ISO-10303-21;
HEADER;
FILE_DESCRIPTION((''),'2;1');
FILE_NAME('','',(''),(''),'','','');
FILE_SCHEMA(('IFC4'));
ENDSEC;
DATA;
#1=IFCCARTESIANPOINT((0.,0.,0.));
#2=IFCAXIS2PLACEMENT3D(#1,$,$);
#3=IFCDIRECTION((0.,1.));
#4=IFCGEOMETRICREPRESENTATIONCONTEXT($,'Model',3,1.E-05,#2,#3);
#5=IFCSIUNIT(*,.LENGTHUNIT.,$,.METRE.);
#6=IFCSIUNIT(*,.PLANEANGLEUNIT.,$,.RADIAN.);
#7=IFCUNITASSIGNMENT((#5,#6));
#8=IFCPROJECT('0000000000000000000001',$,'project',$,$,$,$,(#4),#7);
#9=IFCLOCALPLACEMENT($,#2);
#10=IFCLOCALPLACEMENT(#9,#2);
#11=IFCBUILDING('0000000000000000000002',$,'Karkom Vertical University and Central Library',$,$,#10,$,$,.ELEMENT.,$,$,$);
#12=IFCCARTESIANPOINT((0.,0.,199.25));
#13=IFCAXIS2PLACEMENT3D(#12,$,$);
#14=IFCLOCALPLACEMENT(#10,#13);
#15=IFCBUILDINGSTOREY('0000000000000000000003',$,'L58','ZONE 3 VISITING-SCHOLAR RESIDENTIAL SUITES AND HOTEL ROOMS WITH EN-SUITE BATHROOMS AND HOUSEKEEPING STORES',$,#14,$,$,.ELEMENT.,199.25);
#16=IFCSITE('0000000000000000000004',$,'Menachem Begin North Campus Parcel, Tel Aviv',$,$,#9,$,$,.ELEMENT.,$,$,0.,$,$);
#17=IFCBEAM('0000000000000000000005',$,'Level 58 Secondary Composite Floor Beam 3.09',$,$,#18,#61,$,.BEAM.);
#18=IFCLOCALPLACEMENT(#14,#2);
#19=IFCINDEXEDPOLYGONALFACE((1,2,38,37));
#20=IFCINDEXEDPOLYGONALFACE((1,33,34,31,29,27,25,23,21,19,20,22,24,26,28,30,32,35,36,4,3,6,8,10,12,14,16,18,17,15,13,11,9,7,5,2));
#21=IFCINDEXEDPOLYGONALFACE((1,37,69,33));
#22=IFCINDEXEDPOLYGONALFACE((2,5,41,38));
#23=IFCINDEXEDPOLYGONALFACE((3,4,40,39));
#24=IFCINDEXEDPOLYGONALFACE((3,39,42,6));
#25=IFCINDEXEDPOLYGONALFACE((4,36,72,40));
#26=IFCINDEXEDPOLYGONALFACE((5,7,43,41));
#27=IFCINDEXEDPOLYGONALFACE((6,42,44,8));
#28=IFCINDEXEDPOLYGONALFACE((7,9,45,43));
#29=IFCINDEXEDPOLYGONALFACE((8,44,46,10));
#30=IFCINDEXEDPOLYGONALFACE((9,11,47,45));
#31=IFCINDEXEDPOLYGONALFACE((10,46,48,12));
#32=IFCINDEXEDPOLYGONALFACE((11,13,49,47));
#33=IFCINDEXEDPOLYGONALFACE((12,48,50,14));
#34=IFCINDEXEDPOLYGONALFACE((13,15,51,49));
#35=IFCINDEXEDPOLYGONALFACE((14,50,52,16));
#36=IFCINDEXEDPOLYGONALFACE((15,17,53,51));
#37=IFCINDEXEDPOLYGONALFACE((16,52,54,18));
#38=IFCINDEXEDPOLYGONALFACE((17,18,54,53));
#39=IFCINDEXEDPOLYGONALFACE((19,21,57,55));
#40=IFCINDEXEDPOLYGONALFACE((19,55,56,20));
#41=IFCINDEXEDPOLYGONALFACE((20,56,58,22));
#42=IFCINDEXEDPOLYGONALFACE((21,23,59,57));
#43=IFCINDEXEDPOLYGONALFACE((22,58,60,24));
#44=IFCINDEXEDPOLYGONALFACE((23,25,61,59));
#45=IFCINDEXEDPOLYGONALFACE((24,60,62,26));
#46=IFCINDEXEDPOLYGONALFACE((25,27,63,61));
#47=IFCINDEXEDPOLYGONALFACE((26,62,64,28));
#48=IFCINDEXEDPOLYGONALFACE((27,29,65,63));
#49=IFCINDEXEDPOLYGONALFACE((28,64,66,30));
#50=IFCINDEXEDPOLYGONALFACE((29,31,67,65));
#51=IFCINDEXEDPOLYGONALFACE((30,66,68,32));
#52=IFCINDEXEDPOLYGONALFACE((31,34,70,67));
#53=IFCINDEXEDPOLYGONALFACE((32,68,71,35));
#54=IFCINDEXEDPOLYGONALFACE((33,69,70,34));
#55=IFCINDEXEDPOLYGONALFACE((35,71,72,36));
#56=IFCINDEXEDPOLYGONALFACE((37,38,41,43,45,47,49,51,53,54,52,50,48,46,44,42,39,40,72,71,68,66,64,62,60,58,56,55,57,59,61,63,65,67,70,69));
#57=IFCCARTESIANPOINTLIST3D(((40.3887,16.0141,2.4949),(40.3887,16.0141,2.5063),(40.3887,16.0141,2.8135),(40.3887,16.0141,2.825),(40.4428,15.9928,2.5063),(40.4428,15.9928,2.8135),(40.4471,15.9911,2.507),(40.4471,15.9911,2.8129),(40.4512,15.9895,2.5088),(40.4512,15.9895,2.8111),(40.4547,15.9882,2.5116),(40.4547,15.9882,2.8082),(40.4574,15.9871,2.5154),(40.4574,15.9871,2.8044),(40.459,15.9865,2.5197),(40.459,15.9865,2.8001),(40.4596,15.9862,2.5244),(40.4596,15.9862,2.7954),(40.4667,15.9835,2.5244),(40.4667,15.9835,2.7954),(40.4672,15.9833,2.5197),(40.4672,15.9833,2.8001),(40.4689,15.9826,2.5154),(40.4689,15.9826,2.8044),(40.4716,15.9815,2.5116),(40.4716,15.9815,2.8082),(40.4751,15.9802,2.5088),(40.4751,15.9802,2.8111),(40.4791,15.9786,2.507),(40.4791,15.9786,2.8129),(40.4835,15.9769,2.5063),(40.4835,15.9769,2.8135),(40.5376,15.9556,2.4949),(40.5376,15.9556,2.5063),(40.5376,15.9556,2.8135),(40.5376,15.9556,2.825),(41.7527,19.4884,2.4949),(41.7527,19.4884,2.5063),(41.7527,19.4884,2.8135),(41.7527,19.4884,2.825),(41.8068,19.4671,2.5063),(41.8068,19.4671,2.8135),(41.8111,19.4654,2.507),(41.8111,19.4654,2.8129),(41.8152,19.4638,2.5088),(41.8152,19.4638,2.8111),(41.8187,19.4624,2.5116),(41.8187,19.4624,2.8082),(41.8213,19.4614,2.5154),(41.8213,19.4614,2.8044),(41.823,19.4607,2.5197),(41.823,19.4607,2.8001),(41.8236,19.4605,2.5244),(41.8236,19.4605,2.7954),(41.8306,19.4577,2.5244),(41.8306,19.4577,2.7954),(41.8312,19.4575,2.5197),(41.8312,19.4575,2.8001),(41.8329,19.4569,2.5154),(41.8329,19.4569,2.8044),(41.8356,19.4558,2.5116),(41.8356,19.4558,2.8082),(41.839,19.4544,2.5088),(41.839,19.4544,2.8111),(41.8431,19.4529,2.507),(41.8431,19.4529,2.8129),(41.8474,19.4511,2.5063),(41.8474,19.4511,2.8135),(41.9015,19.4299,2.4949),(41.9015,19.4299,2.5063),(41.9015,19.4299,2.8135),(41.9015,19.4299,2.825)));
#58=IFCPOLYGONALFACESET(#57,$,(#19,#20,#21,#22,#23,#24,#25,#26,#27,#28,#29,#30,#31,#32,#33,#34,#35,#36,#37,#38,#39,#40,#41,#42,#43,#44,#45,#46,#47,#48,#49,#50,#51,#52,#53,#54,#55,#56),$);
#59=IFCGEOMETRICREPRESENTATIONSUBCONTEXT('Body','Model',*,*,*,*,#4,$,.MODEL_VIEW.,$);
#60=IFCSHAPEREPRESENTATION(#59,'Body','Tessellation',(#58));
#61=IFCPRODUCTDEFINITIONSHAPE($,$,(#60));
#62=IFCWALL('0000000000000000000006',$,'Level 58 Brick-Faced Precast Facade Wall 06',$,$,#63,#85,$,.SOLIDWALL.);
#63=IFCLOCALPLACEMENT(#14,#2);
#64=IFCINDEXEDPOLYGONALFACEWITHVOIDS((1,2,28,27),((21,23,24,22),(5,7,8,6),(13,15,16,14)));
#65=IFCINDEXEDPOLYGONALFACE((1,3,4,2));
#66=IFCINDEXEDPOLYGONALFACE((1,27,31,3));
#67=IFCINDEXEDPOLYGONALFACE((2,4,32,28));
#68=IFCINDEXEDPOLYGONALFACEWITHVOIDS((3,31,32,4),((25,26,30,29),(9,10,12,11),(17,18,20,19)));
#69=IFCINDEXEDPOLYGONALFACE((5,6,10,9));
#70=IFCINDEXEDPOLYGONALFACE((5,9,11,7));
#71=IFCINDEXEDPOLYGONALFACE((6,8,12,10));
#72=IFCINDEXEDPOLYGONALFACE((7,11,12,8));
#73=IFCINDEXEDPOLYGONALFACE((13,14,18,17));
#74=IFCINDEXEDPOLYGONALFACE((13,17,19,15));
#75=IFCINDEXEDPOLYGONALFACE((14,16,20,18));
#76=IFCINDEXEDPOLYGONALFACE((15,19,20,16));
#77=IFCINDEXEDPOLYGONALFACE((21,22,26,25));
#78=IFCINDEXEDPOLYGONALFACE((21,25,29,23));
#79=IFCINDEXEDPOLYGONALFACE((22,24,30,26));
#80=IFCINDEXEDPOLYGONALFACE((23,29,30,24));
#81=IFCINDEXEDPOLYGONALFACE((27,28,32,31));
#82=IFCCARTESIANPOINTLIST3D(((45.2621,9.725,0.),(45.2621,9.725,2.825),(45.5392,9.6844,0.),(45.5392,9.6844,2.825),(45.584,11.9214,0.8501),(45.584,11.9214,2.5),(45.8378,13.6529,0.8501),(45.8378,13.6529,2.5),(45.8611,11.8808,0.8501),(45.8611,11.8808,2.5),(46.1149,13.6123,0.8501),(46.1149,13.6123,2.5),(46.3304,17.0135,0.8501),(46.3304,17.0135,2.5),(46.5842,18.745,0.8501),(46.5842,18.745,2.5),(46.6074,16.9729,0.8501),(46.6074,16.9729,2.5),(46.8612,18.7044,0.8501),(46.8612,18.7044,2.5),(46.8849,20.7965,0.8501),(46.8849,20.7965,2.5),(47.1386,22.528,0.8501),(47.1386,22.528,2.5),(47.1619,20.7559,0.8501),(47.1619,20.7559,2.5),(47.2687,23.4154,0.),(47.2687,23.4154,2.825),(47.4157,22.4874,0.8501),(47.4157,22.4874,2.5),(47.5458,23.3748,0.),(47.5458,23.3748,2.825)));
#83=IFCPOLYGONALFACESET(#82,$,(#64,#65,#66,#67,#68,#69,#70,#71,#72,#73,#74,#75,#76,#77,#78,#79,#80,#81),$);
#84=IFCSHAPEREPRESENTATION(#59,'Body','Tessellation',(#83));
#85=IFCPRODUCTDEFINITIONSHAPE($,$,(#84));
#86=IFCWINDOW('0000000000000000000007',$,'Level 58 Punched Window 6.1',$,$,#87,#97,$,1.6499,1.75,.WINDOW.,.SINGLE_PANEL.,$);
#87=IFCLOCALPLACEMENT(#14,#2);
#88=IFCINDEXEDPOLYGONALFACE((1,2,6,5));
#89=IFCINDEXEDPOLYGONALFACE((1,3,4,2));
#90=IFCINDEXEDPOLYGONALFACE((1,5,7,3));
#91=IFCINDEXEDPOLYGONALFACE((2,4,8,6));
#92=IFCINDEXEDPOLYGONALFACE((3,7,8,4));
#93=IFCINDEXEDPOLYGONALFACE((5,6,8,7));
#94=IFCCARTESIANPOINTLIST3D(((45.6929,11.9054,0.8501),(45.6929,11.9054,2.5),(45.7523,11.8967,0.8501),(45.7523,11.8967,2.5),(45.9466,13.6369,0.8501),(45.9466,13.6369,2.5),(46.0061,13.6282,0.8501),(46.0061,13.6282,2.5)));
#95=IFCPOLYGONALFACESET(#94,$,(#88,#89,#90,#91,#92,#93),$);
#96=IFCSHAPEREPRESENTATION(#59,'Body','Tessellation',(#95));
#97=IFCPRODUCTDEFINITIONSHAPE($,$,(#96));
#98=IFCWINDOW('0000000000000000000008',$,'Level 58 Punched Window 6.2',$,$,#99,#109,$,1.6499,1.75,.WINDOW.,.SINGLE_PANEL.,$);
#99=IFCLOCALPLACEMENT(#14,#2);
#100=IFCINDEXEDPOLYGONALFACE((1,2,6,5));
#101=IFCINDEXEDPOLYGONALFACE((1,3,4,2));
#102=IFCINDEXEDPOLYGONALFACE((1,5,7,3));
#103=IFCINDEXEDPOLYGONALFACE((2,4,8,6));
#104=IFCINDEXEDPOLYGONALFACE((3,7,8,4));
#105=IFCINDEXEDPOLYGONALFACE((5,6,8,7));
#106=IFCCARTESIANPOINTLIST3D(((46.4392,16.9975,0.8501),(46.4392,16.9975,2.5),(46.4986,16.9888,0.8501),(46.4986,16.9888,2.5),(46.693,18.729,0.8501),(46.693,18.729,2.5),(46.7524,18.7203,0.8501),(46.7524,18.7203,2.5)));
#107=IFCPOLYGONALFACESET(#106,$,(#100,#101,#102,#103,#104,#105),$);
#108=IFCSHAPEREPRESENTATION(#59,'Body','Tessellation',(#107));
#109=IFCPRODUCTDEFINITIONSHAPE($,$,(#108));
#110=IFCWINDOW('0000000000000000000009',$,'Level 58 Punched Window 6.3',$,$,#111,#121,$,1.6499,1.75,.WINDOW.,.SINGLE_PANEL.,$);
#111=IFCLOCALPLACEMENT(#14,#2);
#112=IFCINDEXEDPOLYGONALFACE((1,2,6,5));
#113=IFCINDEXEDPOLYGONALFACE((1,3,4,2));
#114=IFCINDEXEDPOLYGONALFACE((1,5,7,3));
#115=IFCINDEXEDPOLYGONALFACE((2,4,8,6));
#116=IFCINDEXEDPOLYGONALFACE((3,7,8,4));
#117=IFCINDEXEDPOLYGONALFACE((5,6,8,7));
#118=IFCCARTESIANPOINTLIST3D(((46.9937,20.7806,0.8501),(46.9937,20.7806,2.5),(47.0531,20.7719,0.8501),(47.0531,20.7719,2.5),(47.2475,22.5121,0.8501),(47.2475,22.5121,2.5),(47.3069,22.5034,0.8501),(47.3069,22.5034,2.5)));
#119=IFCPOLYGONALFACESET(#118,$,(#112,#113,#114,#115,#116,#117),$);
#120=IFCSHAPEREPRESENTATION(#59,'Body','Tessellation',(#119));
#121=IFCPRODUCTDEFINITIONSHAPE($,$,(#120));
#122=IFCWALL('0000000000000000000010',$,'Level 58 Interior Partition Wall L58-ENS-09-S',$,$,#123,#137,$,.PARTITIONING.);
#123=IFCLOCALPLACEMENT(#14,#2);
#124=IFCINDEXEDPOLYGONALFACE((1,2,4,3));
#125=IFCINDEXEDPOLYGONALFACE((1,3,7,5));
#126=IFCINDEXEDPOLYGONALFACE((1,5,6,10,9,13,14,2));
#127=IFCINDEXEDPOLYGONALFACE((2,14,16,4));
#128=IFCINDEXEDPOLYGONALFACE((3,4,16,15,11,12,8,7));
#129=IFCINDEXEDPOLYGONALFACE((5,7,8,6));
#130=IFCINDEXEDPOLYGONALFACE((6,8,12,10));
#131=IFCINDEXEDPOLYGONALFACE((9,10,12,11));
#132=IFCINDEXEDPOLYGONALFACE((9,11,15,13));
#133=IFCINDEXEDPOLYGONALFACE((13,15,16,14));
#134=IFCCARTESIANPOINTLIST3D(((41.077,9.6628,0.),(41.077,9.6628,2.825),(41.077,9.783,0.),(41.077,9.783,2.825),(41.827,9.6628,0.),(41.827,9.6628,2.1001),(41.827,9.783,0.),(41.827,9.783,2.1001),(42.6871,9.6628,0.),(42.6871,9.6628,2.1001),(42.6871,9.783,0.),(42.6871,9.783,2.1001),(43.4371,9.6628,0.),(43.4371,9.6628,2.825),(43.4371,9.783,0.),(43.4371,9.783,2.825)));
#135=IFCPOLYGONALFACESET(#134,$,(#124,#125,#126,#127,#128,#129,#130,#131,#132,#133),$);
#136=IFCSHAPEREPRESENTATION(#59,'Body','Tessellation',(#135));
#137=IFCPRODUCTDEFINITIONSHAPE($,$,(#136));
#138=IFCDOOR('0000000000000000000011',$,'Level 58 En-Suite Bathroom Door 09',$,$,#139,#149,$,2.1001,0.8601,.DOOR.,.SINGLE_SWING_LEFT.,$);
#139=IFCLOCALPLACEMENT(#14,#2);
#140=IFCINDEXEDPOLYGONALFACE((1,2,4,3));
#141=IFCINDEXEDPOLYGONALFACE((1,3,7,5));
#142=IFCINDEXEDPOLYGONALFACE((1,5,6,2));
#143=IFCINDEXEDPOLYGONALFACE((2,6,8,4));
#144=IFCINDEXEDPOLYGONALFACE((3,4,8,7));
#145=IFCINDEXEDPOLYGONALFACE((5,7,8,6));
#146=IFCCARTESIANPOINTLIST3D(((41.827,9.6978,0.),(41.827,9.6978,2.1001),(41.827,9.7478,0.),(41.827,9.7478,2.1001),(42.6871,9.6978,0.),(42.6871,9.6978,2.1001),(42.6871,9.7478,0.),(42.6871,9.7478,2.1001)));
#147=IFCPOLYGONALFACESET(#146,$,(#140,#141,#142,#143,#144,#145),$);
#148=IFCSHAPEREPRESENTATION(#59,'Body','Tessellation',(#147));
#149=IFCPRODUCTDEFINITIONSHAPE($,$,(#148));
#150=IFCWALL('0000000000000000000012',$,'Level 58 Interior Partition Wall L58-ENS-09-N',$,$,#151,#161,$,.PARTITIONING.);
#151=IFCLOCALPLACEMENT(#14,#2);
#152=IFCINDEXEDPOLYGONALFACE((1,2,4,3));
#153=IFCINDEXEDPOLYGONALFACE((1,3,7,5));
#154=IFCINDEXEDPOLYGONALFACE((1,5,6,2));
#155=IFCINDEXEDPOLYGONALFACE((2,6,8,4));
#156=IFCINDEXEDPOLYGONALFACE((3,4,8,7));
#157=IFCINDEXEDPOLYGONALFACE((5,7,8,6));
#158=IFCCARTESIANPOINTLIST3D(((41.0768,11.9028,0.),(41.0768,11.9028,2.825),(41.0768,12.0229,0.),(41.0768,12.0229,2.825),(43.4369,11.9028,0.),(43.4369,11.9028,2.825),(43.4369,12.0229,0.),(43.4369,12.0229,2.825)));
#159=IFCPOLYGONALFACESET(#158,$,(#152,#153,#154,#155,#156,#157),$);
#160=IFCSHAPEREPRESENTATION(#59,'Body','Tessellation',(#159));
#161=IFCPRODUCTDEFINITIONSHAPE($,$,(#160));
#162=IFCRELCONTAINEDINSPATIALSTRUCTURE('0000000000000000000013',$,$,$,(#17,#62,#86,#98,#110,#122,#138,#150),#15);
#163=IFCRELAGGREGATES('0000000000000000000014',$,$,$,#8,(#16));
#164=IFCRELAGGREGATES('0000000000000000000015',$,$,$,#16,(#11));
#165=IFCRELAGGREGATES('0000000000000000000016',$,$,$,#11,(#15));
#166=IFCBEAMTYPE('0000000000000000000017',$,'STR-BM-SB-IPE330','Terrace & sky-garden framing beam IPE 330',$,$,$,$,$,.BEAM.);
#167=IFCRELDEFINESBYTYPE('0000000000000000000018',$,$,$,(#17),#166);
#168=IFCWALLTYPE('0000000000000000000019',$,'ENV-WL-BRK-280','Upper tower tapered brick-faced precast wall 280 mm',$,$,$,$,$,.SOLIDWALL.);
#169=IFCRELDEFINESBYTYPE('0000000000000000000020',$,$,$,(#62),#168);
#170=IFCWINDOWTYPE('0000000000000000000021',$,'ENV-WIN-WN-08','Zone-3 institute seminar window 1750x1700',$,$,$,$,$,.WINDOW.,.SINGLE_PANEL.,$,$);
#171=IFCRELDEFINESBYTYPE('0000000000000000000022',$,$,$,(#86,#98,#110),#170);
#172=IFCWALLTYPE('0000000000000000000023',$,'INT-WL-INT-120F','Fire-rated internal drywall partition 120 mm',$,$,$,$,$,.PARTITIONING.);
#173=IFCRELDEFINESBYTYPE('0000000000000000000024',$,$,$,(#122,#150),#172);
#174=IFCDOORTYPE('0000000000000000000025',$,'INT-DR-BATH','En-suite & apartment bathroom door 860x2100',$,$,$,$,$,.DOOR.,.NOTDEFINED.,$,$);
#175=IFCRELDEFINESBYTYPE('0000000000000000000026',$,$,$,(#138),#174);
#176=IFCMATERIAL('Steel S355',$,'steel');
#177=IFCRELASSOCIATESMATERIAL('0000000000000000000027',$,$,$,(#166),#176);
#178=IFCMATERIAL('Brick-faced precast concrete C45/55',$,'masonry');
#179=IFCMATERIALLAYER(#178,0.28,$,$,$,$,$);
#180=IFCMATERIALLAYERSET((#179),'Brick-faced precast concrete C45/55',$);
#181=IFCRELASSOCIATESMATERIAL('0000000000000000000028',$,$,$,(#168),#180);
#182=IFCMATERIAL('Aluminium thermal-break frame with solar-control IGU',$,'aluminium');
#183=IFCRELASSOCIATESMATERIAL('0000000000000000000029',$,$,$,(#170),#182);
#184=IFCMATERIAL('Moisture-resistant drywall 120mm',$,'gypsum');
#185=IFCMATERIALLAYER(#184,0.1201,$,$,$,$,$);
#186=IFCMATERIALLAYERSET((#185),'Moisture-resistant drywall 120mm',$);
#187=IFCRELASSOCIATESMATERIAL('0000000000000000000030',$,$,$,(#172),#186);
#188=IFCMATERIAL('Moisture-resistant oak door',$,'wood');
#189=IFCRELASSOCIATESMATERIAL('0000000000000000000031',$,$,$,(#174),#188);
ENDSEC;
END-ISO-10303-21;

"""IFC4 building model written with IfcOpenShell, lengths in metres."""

from ifc_helpers import new_model, si_unit, direction, frame, frame_2d, origin, origin_with_axes, origin_2d, place, context, subcontext, project, spatial, rectangle, i_section, extrude, source, transform, mapped, material, layer, layer_set, material_profile, profile_set, type_object, element, fill, save


model = new_model("IFC4")

# Units and contexts
model_context = context("Model", 3, precision=1e-05, world=origin(), true_north=direction((0.0, 1.0)))
body_context = subcontext(model_context, "Body", "Model", "MODEL_VIEW")
ifc_project = project(units=[si_unit("LENGTHUNIT", "METRE"), si_unit("PLANEANGLEUNIT", "RADIAN")], contexts=[model_context])

# Site, building, storey
site_placement = place(None, origin())
site = spatial("IfcSite", under=ifc_project, at=site_placement, Name="Menachem Begin North Campus Parcel, Tel Aviv", CompositionType="ELEMENT", RefElevation=0.0)
building_placement = place(site_placement, origin())
building = spatial("IfcBuilding", under=site, at=building_placement, Name="Karkom Vertical University and Central Library", CompositionType="ELEMENT")
storey_placement = place(building_placement, frame((0.0, 0.0, 199.25)))
storey = spatial("IfcBuildingStorey", under=building, at=storey_placement, Name="L58", Description="ZONE 3 VISITING-SCHOLAR RESIDENTIAL SUITES AND HOTEL ROOMS WITH EN-SUITE BATHROOMS AND HOUSEKEEPING STORES", CompositionType="ELEMENT", Elevation=199.25)

# Beam
ifc_material_1 = material(Name="Steel S355", Category="steel")
ifc_material_profile_1 = material_profile(ifc_material_1, i_section(OverallWidth=0.1599, OverallDepth=0.3301, WebThickness=0.0076, FlangeThickness=0.0115, FilletRadius=0.0181, at=origin_2d()), Name="IPE 330")
ifc_profile_set_1 = profile_set([ifc_material_profile_1], Name="Steel S355")
beam_type_1 = type_object("IfcBeamType", Name="STR-BM-SB-IPE330", Description="Terrace & sky-garden framing beam IPE 330", PredefinedType="BEAM", material=ifc_profile_set_1)
shared_shape_1 = source(origin_with_axes(), body_context, "Body", "SweptSolid", [
    extrude(i_section(OverallWidth=0.1599, OverallDepth=0.3301, WebThickness=0.0076, FlangeThickness=0.0115, FilletRadius=0.0181, at=origin_2d()), origin(), (0.0, 0.0, 1.0), 3.7324),
])
beam_1_placement = place(storey_placement, frame((40.4631, 15.9849, 2.6599), z_axis=(0.36544, 0.930835, 0.0), x_axis=(-0.930835, 0.36544, 0.0)))
element("IfcBeam", 1, at=beam_1_placement, inside=storey, type_object=beam_type_1, Name="Level 58 Secondary Composite Floor Beam 3.09", PredefinedType="BEAM", context=body_context, shape_type="MappedRepresentation", body=[
    mapped(shared_shape_1, transform((0.0, 0.0, 0.0), scale=1.0)),
])

# Wall, openings, windows
ifc_material_2 = material(Name="Brick-faced precast concrete C45/55", Category="masonry")
ifc_layer_1 = layer(ifc_material_2, 0.28)
ifc_layer_set_1 = layer_set([ifc_layer_1], Name="Brick-faced precast concrete C45/55")
wall_type_1 = type_object("IfcWallType", Name="ENV-WL-BRK-280", Description="Upper tower tapered brick-faced precast wall 280 mm", PredefinedType="SOLIDWALL", material=ifc_layer_set_1)
wall_1_placement = place(storey_placement, frame((45.4006, 9.7046, 0.0), z_axis=(0.0, 0.0, 1.0), x_axis=(0.14502, 0.989429, 0.0)))
wall_1 = element("IfcWall", 2, at=wall_1_placement, inside=storey, type_object=wall_type_1, Name="Level 58 Brick-Faced Precast Facade Wall 06", PredefinedType="SOLIDWALL", context=body_context, shape_type="SweptSolid", body=[
    extrude(rectangle(XDim=13.8367, YDim=0.28, at=frame_2d((6.9185, 0.0))), origin(), (0.0, 0.0, 1.0), 2.825),
])
opening_1_placement = place(wall_1_placement, frame((2.22, 0.0, 0.8501)))
opening_1 = element("IfcOpeningElement", 3, at=opening_1_placement, cuts=wall_1, PredefinedType="OPENING", context=body_context, shape_type="SweptSolid", body=[
    extrude(rectangle(XDim=1.75, YDim=1.6499, at=frame_2d((0.875, 0.825))), frame((0.0, 0.1499, 0.0), z_axis=(0.0, -1.0, 0.0), x_axis=(1.0, 0.0, 0.0)), (0.0, 0.0, 1.0), 0.3),
])
opening_2_placement = place(wall_1_placement, frame((7.3665, 0.0, 0.8501)))
opening_2 = element("IfcOpeningElement", 4, at=opening_2_placement, cuts=wall_1, PredefinedType="OPENING", context=body_context, shape_type="SweptSolid", body=[
    extrude(rectangle(XDim=1.75, YDim=1.6499, at=frame_2d((0.875, 0.825))), frame((0.0, 0.1499, 0.0), z_axis=(0.0, -1.0, 0.0), x_axis=(1.0, 0.0, 0.0)), (0.0, 0.0, 1.0), 0.3),
])
opening_3_placement = place(wall_1_placement, frame((11.1899, 0.0, 0.8501)))
opening_3 = element("IfcOpeningElement", 5, at=opening_3_placement, cuts=wall_1, PredefinedType="OPENING", context=body_context, shape_type="SweptSolid", body=[
    extrude(rectangle(XDim=1.75, YDim=1.6499, at=frame_2d((0.875, 0.825))), frame((0.0, 0.1499, 0.0), z_axis=(0.0, -1.0, 0.0), x_axis=(1.0, 0.0, 0.0)), (0.0, 0.0, 1.0), 0.3),
])
ifc_material_3 = material(Name="Aluminium thermal-break frame with solar-control IGU", Category="aluminium")
window_type = type_object("IfcWindowType", Name="ENV-WIN-WN-08", Description="Zone-3 institute seminar window 1750x1700", PartitioningType="SINGLE_PANEL", PredefinedType="WINDOW", material=ifc_material_3)
shared_shape_2 = source(origin_with_axes(), body_context, "Body", "SweptSolid", [
    extrude(rectangle(XDim=1.75, YDim=1.6499, at=frame_2d((0.875, 0.825))), frame((0.0, 0.03, 0.0), z_axis=(0.0, -1.0, 0.0), x_axis=(1.0, 0.0, 0.0)), (0.0, 0.0, 1.0), 0.0601),
])
window_1_placement = place(opening_1_placement, origin())
window_1 = element("IfcWindow", 6, at=window_1_placement, inside=storey, type_object=window_type, Name="Level 58 Punched Window 6.1", OverallHeight=1.6499, OverallWidth=1.75, PartitioningType="SINGLE_PANEL", PredefinedType="WINDOW", context=body_context, shape_type="MappedRepresentation", body=[
    mapped(shared_shape_2, transform((0.0, 0.0, 0.0), scale=1.0)),
])
fill(opening_1, window_1)
window_2_placement = place(opening_2_placement, origin())
window_2 = element("IfcWindow", 7, at=window_2_placement, inside=storey, type_object=window_type, Name="Level 58 Punched Window 6.2", OverallHeight=1.6499, OverallWidth=1.75, PartitioningType="SINGLE_PANEL", PredefinedType="WINDOW", context=body_context, shape_type="MappedRepresentation", body=[
    mapped(shared_shape_2, transform((0.0, 0.0, 0.0), scale=1.0)),
])
fill(opening_2, window_2)
window_3_placement = place(opening_3_placement, origin())
window_3 = element("IfcWindow", 8, at=window_3_placement, inside=storey, type_object=window_type, Name="Level 58 Punched Window 6.3", OverallHeight=1.6499, OverallWidth=1.75, PartitioningType="SINGLE_PANEL", PredefinedType="WINDOW", context=body_context, shape_type="MappedRepresentation", body=[
    mapped(shared_shape_2, transform((0.0, 0.0, 0.0), scale=1.0)),
])
fill(opening_3, window_3)

# Wall, opening, door
ifc_material_4 = material(Name="Moisture-resistant drywall 120mm", Category="gypsum")
ifc_layer_2 = layer(ifc_material_4, 0.1201)
ifc_layer_set_2 = layer_set([ifc_layer_2], Name="Moisture-resistant drywall 120mm")
wall_type_2 = type_object("IfcWallType", Name="INT-WL-INT-120F", Description="Fire-rated internal drywall partition 120 mm", PredefinedType="PARTITIONING", material=ifc_layer_set_2)
wall_2_placement = place(storey_placement, frame((41.0769, 9.7229, 0.0), z_axis=(0.0, 0.0, 1.0), x_axis=(1.0, 0.0, 0.0)))
wall_2 = element("IfcWall", 9, at=wall_2_placement, inside=storey, type_object=wall_type_2, Name="Level 58 Interior Partition Wall L58-ENS-09-S", PredefinedType="PARTITIONING", context=body_context, shape_type="SweptSolid", body=[
    extrude(rectangle(XDim=2.3601, YDim=0.1201, at=frame_2d((1.1802, 0.0))), origin(), (0.0, 0.0, 1.0), 2.825),
])
opening_4_placement = place(wall_2_placement, frame((0.75, 0.0, 0.0)))
opening_4 = element("IfcOpeningElement", 10, at=opening_4_placement, cuts=wall_2, PredefinedType="OPENING", context=body_context, shape_type="SweptSolid", body=[
    extrude(rectangle(XDim=0.8601, YDim=2.1001, at=frame_2d((0.4302, 1.05))), frame((0.0, 0.0701, 0.0), z_axis=(0.0, -1.0, 0.0), x_axis=(1.0, 0.0, 0.0)), (0.0, 0.0, 1.0), 0.1401),
])
ifc_material_5 = material(Name="Moisture-resistant oak door", Category="wood")
door_type_1 = type_object("IfcDoorType", Name="INT-DR-BATH", Description="En-suite & apartment bathroom door 860x2100", OperationType="NOTDEFINED", PredefinedType="DOOR", material=ifc_material_5)
shared_shape_3 = source(origin_with_axes(), body_context, "Body", "SweptSolid", [
    extrude(rectangle(XDim=0.8601, YDim=2.1001, at=frame_2d((0.4302, 1.05))), frame((0.0, 0.0249, 0.0), z_axis=(0.0, -1.0, 0.0), x_axis=(1.0, 0.0, 0.0)), (0.0, 0.0, 1.0), 0.05),
])
door_1_placement = place(opening_4_placement, origin())
door_1 = element("IfcDoor", 11, at=door_1_placement, inside=storey, type_object=door_type_1, Name="Level 58 En-Suite Bathroom Door 09", OperationType="SINGLE_SWING_LEFT", OverallHeight=2.1001, OverallWidth=0.8601, PredefinedType="DOOR", context=body_context, shape_type="MappedRepresentation", body=[
    mapped(shared_shape_3, transform((0.0, 0.0, 0.0), scale=1.0)),
])
fill(opening_4, door_1)

# Wall
wall_3_placement = place(storey_placement, frame((43.437, 11.9629, 0.0), z_axis=(0.0, 0.0, 1.0), x_axis=(-1.0, 0.0, 0.0)))
element("IfcWall", 12, at=wall_3_placement, inside=storey, type_object=wall_type_2, Name="Level 58 Interior Partition Wall L58-ENS-09-N", PredefinedType="PARTITIONING", context=body_context, shape_type="SweptSolid", body=[
    extrude(rectangle(XDim=2.3601, YDim=0.1201, at=frame_2d((1.1802, 0.0))), origin(), (0.0, 0.0, 1.0), 2.825),
])

save(model, "model.ifc")
